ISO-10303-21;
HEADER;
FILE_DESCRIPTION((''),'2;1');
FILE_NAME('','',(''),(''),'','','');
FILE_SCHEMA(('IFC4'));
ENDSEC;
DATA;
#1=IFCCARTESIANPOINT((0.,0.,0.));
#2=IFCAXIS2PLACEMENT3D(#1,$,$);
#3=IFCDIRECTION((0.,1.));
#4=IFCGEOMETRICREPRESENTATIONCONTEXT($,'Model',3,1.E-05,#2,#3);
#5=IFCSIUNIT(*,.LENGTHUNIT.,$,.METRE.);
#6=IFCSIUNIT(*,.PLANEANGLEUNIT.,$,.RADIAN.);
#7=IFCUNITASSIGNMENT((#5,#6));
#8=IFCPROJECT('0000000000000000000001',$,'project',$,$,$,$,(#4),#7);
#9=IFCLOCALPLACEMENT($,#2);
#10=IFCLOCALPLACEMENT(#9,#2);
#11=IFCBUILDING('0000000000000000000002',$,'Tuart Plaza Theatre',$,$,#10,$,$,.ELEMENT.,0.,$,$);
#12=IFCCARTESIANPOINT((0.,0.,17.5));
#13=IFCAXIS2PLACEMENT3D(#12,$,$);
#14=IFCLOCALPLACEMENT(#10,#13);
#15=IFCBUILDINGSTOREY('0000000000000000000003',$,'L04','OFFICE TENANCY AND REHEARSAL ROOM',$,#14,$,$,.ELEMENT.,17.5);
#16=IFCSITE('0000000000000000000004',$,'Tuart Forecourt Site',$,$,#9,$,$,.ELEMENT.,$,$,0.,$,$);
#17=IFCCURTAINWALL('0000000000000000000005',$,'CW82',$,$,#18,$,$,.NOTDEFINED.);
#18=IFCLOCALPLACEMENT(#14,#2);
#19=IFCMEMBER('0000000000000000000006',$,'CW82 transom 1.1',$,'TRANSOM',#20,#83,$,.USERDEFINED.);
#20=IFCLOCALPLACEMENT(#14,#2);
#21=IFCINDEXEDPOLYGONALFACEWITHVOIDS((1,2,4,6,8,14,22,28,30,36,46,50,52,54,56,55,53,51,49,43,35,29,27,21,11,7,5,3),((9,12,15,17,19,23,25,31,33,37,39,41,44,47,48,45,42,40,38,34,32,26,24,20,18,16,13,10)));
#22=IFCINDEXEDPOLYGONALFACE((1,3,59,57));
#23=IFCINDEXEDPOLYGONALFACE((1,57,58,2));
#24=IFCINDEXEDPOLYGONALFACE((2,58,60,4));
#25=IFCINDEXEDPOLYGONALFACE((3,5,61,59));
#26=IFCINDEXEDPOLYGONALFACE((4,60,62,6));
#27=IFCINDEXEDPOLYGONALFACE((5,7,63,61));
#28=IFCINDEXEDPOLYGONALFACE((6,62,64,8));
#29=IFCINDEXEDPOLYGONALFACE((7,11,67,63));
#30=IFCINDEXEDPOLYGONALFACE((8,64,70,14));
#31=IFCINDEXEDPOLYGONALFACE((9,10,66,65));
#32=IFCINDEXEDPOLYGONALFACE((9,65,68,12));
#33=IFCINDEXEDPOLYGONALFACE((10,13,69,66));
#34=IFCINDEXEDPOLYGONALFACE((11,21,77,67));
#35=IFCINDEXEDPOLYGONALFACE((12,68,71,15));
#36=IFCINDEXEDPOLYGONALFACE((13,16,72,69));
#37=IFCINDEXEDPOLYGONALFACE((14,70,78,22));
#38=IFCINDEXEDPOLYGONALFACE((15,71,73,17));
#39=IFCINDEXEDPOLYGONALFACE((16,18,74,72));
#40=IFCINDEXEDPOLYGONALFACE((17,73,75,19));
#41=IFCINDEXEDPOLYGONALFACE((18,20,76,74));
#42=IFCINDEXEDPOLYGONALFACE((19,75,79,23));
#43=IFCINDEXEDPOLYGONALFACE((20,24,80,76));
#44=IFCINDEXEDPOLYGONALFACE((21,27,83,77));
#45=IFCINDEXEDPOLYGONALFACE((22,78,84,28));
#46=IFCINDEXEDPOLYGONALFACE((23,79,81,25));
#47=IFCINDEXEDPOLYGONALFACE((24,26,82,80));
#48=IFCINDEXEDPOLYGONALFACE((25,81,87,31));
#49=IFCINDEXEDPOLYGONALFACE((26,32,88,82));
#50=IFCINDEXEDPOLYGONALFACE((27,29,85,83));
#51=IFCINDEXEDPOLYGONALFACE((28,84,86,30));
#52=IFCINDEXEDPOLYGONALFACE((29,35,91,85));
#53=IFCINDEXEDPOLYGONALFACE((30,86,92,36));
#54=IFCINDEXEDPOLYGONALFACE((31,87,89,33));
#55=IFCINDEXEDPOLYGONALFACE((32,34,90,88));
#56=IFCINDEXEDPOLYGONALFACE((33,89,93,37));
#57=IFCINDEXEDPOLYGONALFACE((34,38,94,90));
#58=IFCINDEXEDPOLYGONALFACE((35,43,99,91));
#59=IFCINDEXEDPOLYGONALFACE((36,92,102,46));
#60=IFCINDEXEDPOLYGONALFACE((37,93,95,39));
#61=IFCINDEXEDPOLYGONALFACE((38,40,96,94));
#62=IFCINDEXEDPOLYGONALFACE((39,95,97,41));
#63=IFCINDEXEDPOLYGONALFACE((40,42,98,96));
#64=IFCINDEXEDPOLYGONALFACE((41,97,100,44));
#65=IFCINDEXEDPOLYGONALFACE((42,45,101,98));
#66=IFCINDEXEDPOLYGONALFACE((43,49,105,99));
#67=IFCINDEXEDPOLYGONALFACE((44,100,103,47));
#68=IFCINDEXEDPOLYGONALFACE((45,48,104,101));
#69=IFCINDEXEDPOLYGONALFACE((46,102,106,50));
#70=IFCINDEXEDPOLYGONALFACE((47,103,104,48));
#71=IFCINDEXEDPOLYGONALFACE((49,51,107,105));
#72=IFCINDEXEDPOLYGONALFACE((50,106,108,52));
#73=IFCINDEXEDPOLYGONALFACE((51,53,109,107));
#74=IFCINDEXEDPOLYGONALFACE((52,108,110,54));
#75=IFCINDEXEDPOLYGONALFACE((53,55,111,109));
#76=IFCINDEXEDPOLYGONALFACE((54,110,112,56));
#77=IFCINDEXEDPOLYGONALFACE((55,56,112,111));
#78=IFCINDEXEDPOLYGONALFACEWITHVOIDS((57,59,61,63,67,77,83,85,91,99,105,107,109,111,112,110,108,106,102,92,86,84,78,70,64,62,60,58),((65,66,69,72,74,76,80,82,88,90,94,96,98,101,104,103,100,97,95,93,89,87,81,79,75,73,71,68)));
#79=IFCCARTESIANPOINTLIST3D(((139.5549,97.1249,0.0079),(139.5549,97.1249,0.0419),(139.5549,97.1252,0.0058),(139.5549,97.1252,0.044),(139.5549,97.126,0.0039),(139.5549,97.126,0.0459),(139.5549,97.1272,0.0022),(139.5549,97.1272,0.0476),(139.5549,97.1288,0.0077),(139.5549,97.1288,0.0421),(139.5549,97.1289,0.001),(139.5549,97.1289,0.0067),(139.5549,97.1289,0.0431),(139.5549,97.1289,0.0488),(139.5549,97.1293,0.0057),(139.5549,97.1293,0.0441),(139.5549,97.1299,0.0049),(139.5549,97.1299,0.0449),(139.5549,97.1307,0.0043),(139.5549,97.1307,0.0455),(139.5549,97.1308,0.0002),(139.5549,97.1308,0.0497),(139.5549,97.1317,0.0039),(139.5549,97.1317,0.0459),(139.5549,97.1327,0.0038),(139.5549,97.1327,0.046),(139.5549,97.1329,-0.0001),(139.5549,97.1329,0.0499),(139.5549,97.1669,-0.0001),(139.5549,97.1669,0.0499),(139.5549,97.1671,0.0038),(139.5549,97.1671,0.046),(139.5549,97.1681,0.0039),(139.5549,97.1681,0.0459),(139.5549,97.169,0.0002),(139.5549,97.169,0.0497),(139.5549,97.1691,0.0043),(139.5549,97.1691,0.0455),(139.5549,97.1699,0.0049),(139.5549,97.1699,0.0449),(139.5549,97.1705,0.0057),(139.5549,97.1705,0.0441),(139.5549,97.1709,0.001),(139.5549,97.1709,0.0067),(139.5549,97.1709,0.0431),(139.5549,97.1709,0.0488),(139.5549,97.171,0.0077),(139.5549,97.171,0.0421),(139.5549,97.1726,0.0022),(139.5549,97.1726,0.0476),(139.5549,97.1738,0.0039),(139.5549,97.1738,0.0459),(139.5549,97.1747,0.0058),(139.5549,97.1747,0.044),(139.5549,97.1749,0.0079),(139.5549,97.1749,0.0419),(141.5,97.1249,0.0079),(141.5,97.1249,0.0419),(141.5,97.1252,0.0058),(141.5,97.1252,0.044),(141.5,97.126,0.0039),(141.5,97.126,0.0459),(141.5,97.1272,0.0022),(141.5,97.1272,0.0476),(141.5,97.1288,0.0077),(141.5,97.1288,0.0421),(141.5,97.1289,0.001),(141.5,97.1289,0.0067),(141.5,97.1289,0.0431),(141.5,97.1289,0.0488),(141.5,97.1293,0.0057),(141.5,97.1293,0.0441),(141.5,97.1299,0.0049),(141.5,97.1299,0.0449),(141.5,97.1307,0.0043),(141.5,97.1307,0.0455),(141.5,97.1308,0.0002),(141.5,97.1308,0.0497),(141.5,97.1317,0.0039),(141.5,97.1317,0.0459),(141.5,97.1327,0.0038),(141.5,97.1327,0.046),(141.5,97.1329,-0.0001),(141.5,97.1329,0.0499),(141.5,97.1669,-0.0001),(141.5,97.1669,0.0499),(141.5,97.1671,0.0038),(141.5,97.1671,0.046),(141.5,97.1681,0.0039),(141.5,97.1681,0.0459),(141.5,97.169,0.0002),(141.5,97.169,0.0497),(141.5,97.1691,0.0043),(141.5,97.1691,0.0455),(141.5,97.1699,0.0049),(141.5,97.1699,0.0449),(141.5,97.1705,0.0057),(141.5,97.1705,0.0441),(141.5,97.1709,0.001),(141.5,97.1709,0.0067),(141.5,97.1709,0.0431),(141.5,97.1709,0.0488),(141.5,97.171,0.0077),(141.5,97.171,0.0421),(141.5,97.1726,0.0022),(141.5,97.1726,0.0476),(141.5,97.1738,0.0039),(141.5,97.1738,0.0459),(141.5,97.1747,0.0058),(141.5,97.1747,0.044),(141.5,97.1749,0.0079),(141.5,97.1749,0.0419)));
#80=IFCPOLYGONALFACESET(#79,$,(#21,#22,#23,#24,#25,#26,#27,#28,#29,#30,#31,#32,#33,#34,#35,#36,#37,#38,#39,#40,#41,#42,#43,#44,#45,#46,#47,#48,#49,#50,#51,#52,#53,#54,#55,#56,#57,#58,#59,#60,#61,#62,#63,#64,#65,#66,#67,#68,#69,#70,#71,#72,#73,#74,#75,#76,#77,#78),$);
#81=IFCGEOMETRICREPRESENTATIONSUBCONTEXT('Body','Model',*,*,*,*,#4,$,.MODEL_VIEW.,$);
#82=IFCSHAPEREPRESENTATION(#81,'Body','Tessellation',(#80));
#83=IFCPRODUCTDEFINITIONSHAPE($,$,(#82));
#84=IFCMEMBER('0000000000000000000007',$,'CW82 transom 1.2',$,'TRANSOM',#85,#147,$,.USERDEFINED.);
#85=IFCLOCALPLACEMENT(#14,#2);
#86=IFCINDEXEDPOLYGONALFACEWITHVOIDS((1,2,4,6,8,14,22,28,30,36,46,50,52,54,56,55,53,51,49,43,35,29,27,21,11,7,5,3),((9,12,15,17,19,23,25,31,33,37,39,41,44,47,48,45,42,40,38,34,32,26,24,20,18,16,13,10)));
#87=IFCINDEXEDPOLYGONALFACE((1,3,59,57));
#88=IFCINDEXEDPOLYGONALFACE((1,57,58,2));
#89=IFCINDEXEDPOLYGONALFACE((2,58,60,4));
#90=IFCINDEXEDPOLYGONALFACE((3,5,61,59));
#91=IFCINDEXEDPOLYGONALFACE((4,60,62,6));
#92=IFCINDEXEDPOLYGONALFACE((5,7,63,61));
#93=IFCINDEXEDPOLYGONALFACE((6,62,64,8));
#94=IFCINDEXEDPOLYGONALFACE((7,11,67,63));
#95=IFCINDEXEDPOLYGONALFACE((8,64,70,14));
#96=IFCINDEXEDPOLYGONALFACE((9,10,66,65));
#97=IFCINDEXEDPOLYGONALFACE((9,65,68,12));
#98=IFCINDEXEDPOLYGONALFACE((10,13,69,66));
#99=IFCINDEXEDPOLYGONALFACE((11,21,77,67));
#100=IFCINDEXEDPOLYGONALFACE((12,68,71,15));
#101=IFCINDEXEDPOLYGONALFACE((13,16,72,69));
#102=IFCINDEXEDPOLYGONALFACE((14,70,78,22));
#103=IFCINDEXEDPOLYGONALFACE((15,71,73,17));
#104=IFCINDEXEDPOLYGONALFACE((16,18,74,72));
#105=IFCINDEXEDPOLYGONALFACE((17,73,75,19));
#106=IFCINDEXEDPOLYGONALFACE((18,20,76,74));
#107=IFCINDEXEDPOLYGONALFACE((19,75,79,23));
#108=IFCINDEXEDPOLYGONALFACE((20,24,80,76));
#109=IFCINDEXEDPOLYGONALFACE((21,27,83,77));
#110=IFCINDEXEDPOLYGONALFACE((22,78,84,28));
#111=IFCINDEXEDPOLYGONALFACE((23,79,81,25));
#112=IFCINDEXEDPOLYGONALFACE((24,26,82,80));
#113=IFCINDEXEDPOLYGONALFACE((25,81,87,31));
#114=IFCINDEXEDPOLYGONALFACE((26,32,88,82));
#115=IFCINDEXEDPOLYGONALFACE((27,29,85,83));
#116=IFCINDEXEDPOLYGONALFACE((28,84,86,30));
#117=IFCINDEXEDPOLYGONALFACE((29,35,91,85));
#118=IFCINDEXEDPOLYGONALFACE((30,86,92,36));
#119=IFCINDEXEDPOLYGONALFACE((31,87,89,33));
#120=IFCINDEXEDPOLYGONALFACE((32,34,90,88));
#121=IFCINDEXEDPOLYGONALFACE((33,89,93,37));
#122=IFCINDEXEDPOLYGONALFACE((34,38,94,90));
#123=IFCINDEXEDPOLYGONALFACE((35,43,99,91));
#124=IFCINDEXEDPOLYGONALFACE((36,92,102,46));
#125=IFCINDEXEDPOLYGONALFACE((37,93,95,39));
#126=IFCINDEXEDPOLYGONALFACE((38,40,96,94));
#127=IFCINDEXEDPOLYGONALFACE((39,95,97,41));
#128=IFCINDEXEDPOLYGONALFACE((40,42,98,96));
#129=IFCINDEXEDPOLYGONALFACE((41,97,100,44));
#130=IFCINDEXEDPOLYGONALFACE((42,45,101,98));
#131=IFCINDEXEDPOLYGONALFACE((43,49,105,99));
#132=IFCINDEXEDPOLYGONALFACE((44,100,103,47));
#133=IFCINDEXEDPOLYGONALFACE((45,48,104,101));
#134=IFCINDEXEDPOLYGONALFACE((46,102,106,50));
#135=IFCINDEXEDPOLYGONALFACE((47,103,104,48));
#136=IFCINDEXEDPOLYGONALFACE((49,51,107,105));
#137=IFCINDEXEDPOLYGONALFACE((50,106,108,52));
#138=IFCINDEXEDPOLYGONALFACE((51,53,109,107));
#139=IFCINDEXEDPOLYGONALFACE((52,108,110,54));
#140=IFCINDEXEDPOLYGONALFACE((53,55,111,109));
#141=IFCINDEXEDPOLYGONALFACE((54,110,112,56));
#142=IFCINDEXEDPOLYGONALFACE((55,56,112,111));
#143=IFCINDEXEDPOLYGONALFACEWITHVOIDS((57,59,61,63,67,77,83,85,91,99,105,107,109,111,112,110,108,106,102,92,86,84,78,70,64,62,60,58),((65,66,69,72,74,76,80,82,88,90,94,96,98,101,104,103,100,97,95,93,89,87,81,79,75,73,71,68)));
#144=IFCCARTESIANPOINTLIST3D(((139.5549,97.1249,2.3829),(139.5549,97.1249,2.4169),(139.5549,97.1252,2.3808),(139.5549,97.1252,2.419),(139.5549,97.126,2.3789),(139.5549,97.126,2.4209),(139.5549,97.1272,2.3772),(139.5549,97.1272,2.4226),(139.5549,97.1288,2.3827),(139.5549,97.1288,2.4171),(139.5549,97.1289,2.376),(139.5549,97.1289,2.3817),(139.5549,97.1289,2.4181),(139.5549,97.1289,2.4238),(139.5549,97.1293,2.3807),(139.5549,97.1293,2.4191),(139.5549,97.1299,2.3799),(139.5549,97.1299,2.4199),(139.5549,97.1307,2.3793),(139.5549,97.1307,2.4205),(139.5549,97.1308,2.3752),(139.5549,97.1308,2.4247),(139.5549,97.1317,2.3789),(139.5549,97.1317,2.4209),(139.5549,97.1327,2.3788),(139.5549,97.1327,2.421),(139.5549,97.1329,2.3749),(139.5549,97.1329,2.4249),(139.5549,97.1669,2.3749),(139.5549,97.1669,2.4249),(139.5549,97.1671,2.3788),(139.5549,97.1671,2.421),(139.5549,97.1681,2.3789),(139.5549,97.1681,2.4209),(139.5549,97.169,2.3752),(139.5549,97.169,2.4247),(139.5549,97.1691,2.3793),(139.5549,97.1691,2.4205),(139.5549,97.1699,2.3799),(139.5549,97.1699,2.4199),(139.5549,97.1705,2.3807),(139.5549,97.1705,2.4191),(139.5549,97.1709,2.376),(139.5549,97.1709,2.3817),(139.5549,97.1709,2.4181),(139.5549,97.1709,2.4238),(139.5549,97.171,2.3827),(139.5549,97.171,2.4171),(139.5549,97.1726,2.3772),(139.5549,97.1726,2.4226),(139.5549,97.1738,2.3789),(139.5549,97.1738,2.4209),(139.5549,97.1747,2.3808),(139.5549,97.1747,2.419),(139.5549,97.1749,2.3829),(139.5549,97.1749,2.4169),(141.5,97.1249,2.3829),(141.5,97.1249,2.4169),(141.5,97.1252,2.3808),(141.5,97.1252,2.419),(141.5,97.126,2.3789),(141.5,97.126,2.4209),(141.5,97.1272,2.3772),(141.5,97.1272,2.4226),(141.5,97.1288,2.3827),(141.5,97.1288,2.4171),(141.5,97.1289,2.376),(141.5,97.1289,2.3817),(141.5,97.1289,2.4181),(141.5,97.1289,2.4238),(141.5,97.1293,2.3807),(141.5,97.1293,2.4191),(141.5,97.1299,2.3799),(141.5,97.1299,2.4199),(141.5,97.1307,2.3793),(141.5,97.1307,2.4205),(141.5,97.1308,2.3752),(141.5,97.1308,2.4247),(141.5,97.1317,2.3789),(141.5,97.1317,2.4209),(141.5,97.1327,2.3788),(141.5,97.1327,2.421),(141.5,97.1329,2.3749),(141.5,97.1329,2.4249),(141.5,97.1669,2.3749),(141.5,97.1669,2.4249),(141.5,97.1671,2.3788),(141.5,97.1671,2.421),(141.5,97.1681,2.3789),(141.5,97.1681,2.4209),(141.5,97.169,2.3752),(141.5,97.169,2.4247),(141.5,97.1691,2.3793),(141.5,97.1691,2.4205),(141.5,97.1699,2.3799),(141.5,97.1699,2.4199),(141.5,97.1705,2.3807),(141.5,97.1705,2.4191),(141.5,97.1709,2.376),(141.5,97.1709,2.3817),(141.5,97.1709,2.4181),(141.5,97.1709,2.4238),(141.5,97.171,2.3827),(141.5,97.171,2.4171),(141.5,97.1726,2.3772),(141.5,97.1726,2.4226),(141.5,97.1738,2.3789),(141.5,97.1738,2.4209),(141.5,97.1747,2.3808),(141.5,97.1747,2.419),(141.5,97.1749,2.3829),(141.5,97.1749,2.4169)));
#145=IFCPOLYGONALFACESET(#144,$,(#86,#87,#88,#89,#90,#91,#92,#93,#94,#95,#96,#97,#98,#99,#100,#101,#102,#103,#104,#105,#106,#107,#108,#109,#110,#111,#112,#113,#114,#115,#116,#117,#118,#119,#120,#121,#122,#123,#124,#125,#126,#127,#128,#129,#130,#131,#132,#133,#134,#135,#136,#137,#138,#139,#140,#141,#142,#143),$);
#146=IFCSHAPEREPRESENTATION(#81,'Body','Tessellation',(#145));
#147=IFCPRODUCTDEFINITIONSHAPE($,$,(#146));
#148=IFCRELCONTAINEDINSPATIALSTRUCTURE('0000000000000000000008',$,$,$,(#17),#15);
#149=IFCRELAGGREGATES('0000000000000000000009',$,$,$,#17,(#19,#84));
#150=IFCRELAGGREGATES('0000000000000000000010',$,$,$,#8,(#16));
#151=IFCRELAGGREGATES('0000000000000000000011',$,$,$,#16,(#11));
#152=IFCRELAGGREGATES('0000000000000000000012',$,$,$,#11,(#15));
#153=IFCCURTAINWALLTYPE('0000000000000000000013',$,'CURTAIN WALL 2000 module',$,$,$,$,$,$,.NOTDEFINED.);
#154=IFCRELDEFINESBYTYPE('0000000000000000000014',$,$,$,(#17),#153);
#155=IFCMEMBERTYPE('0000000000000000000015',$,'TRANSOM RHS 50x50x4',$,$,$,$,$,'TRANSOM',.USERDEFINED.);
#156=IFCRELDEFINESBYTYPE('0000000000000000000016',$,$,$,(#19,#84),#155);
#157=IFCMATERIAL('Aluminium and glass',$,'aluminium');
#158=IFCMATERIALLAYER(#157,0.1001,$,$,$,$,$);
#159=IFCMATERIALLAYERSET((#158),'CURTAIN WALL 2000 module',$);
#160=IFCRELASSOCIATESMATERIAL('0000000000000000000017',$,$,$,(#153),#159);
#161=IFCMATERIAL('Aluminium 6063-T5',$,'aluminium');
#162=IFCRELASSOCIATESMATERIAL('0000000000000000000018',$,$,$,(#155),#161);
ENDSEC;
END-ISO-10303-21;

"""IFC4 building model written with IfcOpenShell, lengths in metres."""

from ifc_helpers import new_model, si_unit, direction, frame, origin, origin_2d, place, context, subcontext, project, spatial, hollow_rectangle, extrude, material, layer, layer_set, material_profile, profile_set, type_object, element, aggregate, save


model = new_model("IFC4")

# Units and contexts
model_context = context("Model", 3, precision=1e-05, world=origin(), true_north=direction((0.0, 1.0)))
body_context = subcontext(model_context, "Body", "Model", "MODEL_VIEW")
ifc_project = project(units=[si_unit("LENGTHUNIT", "METRE"), si_unit("PLANEANGLEUNIT", "RADIAN")], contexts=[model_context])

# Site, building, storey
site_placement = place(None, origin())
site = spatial("IfcSite", under=ifc_project, at=site_placement, Name="Tuart Forecourt Site", CompositionType="ELEMENT", RefElevation=0.0)
building_placement = place(site_placement, origin())
building = spatial("IfcBuilding", under=site, at=building_placement, Name="Tuart Plaza Theatre", CompositionType="ELEMENT", ElevationOfRefHeight=0.0)
storey_placement = place(building_placement, frame((0.0, 0.0, 17.5)))
storey = spatial("IfcBuildingStorey", under=building, at=storey_placement, Name="L04", Description="OFFICE TENANCY AND REHEARSAL ROOM", CompositionType="ELEMENT", Elevation=17.5)

# Shared definitions
ifc_material_1 = material(Name="Aluminium and glass", Category="aluminium")
ifc_layer_1 = layer(ifc_material_1, 0.1001)
ifc_layer_set_1 = layer_set([ifc_layer_1], Name="CURTAIN WALL 2000 module")
curtain_wall_type = type_object("IfcCurtainWallType", Name="CURTAIN WALL 2000 module", PredefinedType="NOTDEFINED", material=ifc_layer_set_1)

# Curtain wall
curtain_wall_1_placement = place(storey_placement, origin())
curtain_wall_1 = element("IfcCurtainWall", 1, at=curtain_wall_1_placement, inside=storey, type_object=curtain_wall_type, Name="CW82", PredefinedType="NOTDEFINED")

# Members
ifc_material_2 = material(Name="Aluminium 6063-T5", Category="aluminium")
ifc_material_profile_1 = material_profile(ifc_material_2, hollow_rectangle(XDim=0.05, YDim=0.05, WallThickness=0.0039, InnerFilletRadius=0.0039, OuterFilletRadius=0.0081, at=origin_2d()), Name="RHS 50x50x4")
ifc_profile_set_1 = profile_set([ifc_material_profile_1], Name="Aluminium 6063-T5")
member_type_1 = type_object("IfcMemberType", Name="TRANSOM RHS 50x50x4", ElementType="TRANSOM", PredefinedType="USERDEFINED", material=ifc_profile_set_1)
member_1_placement = place(storey_placement, frame((141.5, 97.1499, 0.0249), z_axis=(-1.0, 0.0, 0.0), x_axis=(0.0, -1.0, 0.0)))
member_1 = element("IfcMember", 2, at=member_1_placement, type_object=member_type_1, Name="CW82 transom 1.1", ObjectType="TRANSOM", PredefinedType="USERDEFINED", context=body_context, shape_type="SweptSolid", body=[
    extrude(hollow_rectangle(XDim=0.05, YDim=0.05, WallThickness=0.0039, InnerFilletRadius=0.0039, OuterFilletRadius=0.0081, at=origin_2d()), origin(), (0.0, 0.0, 1.0), 1.9451),
])
member_2_placement = place(storey_placement, frame((141.5, 97.1499, 2.3999), z_axis=(-1.0, 0.0, 0.0), x_axis=(0.0, -1.0, 0.0)))
member_2 = element("IfcMember", 3, at=member_2_placement, type_object=member_type_1, Name="CW82 transom 1.2", ObjectType="TRANSOM", PredefinedType="USERDEFINED", context=body_context, shape_type="SweptSolid", body=[
    extrude(hollow_rectangle(XDim=0.05, YDim=0.05, WallThickness=0.0039, InnerFilletRadius=0.0039, OuterFilletRadius=0.0081, at=origin_2d()), origin(), (0.0, 0.0, 1.0), 1.9451),
])

aggregate(curtain_wall_1, [member_1, member_2])

save(model, "model.ifc")
